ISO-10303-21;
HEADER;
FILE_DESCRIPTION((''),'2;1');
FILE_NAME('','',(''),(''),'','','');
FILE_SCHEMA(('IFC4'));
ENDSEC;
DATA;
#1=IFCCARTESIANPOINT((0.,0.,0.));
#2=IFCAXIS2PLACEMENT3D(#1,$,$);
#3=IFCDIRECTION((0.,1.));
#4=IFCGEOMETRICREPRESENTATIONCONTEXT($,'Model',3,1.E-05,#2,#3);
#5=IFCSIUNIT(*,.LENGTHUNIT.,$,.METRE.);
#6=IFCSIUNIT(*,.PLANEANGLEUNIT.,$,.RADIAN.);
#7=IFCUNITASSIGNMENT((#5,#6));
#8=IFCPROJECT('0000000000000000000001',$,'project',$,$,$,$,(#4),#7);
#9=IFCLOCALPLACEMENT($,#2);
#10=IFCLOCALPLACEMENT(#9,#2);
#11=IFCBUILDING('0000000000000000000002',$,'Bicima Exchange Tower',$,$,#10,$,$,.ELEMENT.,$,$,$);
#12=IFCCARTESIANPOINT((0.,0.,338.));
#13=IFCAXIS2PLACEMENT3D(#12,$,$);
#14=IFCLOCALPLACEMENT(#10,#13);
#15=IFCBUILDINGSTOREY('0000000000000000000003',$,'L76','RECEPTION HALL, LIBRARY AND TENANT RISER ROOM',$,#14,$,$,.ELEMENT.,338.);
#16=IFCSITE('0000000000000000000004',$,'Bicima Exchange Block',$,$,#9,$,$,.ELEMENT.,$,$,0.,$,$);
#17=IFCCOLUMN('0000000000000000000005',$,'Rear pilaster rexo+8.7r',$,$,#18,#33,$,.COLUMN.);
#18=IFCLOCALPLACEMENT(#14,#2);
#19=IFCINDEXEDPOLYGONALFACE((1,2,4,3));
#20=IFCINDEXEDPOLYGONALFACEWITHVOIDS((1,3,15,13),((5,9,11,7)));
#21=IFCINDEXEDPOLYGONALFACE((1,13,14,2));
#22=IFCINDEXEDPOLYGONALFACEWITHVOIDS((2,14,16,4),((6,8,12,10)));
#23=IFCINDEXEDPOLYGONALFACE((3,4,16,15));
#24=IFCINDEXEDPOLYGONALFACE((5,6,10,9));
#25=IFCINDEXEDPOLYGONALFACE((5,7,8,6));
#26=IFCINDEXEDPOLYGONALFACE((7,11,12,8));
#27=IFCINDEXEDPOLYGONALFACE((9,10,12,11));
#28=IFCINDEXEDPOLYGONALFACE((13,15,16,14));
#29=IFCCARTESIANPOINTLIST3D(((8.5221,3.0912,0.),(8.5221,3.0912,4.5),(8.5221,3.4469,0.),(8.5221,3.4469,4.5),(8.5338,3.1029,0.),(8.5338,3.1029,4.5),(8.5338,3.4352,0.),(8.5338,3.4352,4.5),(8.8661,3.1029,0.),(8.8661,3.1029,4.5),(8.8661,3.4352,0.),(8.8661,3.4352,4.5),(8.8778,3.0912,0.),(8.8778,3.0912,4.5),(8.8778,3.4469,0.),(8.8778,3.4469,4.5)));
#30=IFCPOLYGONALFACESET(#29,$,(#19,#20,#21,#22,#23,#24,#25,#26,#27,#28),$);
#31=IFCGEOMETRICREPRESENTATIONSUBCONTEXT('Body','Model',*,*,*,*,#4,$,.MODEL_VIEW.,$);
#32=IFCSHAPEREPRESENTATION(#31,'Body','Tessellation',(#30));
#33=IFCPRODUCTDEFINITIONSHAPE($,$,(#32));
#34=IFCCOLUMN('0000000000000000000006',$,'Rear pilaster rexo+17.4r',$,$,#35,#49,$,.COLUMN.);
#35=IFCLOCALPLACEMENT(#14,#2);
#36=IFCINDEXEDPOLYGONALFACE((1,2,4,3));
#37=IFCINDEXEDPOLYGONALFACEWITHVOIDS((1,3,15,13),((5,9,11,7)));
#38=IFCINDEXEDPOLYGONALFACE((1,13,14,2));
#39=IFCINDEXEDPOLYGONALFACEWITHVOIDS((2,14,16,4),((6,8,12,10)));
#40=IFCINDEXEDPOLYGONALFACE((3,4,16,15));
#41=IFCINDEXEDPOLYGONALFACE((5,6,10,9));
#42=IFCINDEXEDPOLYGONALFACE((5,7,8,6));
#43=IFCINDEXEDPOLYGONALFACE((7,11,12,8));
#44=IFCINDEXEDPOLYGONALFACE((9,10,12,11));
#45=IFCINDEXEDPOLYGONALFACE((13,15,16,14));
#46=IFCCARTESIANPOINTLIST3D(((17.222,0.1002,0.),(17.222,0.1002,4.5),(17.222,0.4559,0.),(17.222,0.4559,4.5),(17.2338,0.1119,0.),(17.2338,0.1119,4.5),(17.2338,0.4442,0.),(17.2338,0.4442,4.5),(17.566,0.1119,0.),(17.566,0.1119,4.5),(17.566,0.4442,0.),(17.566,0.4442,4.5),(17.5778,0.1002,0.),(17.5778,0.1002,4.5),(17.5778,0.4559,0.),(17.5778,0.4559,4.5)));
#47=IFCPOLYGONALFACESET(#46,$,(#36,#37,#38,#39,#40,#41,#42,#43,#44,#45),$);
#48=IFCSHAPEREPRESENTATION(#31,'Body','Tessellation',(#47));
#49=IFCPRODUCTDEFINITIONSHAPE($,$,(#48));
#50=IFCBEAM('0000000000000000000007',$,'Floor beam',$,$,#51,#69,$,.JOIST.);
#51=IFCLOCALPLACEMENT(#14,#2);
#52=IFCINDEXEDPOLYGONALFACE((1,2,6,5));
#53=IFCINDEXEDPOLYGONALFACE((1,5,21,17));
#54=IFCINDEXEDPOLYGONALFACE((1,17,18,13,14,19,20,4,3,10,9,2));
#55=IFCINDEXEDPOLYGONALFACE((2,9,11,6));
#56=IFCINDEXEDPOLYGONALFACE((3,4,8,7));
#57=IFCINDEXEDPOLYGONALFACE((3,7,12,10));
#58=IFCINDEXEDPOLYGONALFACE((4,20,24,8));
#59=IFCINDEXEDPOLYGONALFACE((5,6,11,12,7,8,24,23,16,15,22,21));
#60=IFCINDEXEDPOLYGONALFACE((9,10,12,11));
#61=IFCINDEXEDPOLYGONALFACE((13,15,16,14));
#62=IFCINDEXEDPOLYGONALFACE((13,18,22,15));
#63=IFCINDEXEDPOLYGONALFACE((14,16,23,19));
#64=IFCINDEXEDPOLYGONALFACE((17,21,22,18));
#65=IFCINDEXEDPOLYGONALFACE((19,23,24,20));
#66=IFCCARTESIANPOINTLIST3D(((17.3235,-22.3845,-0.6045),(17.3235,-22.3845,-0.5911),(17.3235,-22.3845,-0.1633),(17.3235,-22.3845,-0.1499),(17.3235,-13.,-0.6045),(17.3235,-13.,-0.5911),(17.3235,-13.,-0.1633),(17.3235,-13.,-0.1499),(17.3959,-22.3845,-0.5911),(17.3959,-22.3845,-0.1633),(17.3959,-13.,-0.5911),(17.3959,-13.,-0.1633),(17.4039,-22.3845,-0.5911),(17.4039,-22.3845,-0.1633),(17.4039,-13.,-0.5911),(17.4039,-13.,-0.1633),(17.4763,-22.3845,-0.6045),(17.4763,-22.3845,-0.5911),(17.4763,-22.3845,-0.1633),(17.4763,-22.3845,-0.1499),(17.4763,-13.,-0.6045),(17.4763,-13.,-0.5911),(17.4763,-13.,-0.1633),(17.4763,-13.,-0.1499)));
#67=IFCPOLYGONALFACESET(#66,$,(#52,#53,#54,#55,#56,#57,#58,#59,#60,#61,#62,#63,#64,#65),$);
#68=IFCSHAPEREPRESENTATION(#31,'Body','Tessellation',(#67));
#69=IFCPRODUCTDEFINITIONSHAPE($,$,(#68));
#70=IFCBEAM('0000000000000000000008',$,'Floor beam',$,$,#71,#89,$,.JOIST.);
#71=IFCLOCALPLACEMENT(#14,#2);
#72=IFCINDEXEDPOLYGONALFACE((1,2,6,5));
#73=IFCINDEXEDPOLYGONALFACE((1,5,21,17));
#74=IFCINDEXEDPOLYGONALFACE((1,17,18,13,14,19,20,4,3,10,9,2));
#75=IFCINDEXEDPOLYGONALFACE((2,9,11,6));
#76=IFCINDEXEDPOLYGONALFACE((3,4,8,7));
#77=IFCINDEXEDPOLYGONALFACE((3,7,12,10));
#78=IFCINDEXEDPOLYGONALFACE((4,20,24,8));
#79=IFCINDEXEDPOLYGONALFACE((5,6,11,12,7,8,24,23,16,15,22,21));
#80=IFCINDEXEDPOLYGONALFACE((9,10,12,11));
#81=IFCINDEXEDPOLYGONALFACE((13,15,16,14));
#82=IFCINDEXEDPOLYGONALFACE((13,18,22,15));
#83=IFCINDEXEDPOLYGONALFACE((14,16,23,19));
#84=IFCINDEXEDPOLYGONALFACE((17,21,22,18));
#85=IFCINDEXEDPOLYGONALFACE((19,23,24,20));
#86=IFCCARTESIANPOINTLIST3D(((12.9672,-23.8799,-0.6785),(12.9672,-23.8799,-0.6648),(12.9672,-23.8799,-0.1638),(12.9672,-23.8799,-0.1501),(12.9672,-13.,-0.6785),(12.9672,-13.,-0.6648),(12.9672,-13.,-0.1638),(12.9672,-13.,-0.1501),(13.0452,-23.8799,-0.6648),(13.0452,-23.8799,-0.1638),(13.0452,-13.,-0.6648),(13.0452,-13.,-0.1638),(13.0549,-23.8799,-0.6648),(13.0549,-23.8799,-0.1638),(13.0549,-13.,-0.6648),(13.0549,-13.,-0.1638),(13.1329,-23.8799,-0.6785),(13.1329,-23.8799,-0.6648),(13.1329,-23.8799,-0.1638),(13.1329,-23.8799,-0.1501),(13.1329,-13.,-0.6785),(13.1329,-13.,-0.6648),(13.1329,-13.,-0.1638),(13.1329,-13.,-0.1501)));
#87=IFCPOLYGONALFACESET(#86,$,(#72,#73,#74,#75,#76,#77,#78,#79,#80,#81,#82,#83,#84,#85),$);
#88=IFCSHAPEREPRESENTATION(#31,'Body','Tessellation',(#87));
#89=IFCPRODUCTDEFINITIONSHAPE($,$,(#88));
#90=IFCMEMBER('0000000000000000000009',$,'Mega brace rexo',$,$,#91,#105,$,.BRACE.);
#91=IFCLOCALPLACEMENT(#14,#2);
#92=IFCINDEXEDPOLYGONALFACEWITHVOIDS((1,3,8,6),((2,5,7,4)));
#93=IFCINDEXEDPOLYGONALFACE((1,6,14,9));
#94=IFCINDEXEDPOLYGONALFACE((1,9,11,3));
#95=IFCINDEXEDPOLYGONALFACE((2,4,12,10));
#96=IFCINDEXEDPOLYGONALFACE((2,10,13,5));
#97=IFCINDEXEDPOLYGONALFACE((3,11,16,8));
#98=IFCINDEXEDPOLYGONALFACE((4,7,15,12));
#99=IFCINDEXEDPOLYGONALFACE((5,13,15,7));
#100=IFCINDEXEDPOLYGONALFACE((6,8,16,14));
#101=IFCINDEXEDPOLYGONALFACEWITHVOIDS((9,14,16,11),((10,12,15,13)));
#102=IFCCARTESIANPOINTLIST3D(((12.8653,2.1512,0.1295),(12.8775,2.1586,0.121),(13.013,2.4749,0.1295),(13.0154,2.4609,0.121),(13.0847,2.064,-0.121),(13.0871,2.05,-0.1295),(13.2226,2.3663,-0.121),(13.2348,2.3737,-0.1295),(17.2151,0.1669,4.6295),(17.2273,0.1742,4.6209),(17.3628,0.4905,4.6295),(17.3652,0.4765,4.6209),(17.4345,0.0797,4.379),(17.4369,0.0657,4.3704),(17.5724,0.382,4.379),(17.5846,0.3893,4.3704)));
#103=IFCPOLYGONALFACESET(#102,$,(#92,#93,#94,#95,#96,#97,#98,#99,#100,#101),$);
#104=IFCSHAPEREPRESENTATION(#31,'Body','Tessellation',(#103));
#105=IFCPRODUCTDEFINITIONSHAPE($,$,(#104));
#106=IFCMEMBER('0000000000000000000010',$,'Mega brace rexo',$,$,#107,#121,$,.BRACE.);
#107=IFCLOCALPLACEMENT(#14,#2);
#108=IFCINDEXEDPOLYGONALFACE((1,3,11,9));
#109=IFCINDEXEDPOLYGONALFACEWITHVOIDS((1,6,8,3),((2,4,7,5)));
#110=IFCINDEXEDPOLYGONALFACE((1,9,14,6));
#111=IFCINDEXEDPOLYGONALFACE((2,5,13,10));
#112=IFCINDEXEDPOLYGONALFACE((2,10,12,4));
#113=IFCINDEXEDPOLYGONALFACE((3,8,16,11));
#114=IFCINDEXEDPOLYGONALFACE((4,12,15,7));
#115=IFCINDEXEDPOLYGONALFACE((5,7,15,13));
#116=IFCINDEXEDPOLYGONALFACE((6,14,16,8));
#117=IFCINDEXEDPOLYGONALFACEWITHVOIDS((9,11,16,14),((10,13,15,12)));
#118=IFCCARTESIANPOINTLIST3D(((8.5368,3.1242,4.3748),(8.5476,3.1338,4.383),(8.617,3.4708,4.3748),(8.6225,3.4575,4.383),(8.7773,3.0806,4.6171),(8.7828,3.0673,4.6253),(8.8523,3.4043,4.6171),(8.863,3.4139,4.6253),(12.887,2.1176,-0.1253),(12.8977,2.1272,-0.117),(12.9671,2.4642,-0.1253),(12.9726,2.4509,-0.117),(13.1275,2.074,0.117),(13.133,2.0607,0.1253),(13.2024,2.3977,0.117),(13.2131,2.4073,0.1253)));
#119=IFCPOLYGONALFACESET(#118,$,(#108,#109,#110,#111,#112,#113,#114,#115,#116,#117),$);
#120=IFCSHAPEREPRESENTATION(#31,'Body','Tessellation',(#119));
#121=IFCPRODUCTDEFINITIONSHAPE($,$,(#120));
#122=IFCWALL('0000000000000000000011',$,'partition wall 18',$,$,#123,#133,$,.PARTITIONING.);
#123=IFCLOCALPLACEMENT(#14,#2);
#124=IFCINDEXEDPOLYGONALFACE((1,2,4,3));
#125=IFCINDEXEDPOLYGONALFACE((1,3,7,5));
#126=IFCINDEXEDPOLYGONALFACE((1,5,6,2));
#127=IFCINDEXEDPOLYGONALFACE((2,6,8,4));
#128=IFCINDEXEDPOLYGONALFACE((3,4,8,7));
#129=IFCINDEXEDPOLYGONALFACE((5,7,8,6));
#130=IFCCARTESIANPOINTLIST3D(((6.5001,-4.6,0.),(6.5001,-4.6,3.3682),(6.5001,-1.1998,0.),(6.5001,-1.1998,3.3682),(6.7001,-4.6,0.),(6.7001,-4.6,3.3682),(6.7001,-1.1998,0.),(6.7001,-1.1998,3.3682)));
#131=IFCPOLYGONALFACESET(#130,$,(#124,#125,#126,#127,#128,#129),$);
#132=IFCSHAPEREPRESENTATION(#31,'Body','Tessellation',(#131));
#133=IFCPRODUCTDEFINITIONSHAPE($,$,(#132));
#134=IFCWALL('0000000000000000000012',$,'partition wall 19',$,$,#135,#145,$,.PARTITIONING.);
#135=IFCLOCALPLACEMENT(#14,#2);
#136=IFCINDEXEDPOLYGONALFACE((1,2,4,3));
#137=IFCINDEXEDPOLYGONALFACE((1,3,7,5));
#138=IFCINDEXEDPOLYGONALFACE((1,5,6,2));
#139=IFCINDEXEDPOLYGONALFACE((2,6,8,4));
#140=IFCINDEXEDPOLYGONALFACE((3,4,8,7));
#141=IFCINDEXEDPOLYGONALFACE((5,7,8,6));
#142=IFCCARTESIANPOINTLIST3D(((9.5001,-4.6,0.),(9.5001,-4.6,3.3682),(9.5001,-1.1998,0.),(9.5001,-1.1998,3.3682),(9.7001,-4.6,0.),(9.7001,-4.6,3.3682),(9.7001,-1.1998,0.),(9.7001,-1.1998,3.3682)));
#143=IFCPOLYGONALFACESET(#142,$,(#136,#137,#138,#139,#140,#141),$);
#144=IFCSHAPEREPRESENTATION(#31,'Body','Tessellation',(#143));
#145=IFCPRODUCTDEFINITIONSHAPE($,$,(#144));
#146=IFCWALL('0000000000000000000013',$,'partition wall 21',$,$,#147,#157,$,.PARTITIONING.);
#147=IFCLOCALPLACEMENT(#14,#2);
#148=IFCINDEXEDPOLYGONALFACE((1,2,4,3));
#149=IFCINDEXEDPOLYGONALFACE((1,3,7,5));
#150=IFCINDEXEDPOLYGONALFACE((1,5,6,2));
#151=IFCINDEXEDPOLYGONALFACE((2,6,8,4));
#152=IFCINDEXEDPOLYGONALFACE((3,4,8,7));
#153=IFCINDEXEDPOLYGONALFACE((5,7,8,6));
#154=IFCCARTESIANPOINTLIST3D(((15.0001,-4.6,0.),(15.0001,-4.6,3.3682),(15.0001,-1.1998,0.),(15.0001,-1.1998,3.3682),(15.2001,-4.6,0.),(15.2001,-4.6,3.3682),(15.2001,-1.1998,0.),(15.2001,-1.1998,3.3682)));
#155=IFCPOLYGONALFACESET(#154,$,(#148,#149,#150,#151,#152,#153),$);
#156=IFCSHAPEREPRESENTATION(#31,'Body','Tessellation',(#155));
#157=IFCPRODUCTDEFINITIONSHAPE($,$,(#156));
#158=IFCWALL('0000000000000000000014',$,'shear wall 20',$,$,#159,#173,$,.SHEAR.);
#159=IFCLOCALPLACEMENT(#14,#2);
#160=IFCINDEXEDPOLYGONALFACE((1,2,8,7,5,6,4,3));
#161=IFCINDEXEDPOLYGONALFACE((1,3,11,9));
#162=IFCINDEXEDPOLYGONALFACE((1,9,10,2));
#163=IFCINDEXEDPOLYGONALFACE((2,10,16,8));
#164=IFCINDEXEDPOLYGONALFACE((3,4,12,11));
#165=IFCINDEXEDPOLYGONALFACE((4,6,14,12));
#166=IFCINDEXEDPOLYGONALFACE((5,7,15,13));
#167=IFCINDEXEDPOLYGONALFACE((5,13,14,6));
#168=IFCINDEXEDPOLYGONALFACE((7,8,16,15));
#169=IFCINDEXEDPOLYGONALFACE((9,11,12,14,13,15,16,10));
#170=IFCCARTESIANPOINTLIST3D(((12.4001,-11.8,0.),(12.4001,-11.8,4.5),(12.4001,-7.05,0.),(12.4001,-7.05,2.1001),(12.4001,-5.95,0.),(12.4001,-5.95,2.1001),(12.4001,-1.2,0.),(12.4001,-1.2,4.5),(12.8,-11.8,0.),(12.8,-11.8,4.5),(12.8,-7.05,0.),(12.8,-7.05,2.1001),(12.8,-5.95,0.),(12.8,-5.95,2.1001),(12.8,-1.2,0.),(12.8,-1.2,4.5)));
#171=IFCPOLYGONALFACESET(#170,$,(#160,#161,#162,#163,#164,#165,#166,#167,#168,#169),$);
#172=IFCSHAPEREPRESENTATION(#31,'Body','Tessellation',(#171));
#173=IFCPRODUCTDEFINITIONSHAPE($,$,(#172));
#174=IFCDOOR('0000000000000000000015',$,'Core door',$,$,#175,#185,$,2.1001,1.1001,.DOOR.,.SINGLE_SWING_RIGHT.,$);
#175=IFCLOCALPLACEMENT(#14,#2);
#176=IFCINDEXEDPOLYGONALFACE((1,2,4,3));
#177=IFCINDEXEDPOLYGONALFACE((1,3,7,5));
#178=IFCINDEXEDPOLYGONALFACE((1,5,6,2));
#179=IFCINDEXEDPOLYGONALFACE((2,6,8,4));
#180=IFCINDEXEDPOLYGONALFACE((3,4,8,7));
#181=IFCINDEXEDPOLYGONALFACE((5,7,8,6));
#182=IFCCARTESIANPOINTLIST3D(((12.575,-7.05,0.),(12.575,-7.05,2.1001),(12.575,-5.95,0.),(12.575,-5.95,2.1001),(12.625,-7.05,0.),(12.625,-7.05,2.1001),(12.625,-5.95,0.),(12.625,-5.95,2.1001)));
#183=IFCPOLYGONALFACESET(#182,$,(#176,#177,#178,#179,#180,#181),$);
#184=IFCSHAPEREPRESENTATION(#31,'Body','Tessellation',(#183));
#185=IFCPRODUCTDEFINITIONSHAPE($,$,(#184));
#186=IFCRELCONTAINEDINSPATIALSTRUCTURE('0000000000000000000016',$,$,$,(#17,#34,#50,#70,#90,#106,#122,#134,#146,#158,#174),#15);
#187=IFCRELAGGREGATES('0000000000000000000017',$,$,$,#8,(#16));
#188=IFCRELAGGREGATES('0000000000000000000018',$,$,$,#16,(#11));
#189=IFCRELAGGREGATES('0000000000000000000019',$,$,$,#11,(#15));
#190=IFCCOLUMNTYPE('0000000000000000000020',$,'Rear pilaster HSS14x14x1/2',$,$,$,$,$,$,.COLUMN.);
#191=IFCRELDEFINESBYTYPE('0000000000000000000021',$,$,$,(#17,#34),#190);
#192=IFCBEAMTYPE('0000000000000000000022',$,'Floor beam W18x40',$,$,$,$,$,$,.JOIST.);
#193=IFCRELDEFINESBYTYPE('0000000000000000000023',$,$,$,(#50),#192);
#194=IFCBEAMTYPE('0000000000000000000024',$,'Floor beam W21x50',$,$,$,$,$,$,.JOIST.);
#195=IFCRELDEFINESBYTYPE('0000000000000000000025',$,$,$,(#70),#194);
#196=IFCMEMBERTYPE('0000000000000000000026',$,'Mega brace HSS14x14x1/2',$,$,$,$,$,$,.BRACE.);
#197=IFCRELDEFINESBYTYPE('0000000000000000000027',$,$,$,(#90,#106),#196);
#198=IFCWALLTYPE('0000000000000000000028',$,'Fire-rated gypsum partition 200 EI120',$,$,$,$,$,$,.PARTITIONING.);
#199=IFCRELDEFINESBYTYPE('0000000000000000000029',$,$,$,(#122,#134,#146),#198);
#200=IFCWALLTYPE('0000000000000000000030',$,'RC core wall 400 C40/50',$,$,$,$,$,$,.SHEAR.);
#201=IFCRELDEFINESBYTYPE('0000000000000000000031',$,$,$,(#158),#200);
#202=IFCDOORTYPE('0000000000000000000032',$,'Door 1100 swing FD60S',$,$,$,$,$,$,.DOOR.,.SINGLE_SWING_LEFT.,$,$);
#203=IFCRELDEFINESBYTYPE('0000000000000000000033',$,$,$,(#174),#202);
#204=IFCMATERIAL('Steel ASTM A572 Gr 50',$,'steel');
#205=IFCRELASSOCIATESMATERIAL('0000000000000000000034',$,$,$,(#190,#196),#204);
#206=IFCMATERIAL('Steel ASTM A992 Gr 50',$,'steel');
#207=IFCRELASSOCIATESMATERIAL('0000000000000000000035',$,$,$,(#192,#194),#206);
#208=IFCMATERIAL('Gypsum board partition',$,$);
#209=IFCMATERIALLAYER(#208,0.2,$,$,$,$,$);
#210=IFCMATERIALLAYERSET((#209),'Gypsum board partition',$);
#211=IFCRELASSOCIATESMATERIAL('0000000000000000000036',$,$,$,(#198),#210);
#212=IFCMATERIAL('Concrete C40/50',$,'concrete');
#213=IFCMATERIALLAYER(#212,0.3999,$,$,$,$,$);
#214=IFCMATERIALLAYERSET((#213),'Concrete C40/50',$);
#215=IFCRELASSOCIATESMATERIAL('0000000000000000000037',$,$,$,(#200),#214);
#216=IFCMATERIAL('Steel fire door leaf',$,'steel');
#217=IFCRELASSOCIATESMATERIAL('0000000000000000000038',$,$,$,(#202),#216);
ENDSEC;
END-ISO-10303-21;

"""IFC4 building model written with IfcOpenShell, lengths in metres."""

from ifc_helpers import new_model, si_unit, direction, frame, frame_2d, origin, origin_2d, place, context, subcontext, project, spatial, rectangle, hollow_rectangle, i_section, extrude, material, layer, layer_set, material_profile, profile_set, type_object, element, fill, save


model = new_model("IFC4")

# Units and contexts
model_context = context("Model", 3, precision=1e-05, world=origin(), true_north=direction((0.0, 1.0)))
body_context = subcontext(model_context, "Body", "Model", "MODEL_VIEW")
ifc_project = project(units=[si_unit("LENGTHUNIT", "METRE"), si_unit("PLANEANGLEUNIT", "RADIAN")], contexts=[model_context])

# Site, building, storey
site_placement = place(None, origin())
site = spatial("IfcSite", under=ifc_project, at=site_placement, Name="Bicima Exchange Block", CompositionType="ELEMENT", RefElevation=0.0)
building_placement = place(site_placement, origin())
building = spatial("IfcBuilding", under=site, at=building_placement, Name="Bicima Exchange Tower", CompositionType="ELEMENT")
storey_placement = place(building_placement, frame((0.0, 0.0, 338.0)))
storey = spatial("IfcBuildingStorey", under=building, at=storey_placement, Name="L76", Description="RECEPTION HALL, LIBRARY AND TENANT RISER ROOM", CompositionType="ELEMENT", Elevation=338.0)

# Columns
ifc_material_1 = material(Name="Steel ASTM A572 Gr 50", Category="steel")
ifc_material_profile_1 = material_profile(ifc_material_1, hollow_rectangle(XDim=0.3557, YDim=0.3557, WallThickness=0.0117, at=origin_2d()))
ifc_profile_set_1 = profile_set([ifc_material_profile_1], Name="Steel ASTM A572 Gr 50")
column_type = type_object("IfcColumnType", Name="Rear pilaster HSS14x14x1/2", PredefinedType="COLUMN", material=ifc_profile_set_1)
for number, where, z_axis, x_axis, name in (
    (1, (8.7, 3.269, 0.0), (0.0, 0.0, 1.0), (1.0, 0.0, 0.0), "Rear pilaster rexo+8.7r"),
    (2, (17.3999, 0.2781, 0.0), (0.0, 0.0, 1.0), (1.0, 0.0, 0.0), "Rear pilaster rexo+17.4r"),
):
    element("IfcColumn", number, at=place(storey_placement, frame(where, z_axis=z_axis, x_axis=x_axis)), inside=storey, type_object=column_type, Name=name, PredefinedType="COLUMN", context=body_context, shape_type="SweptSolid", body=[
        extrude(hollow_rectangle(XDim=0.3557, YDim=0.3557, WallThickness=0.0117, at=origin_2d()), origin(), (0.0, 0.0, 1.0), 4.5),
    ])

# Beams
ifc_material_2 = material(Name="Steel ASTM A992 Gr 50", Category="steel")
ifc_material_profile_2 = material_profile(ifc_material_2, i_section(OverallWidth=0.1528, OverallDepth=0.4546, WebThickness=0.0081, FlangeThickness=0.0134, at=origin_2d()))
ifc_profile_set_2 = profile_set([ifc_material_profile_2], Name="Steel ASTM A992 Gr 50")
beam_type_1 = type_object("IfcBeamType", Name="Floor beam W18x40", PredefinedType="JOIST", material=ifc_profile_set_2)
beam_1_placement = place(storey_placement, frame((17.3999, -13.0, -0.3772), z_axis=(0.0, -1.0, 0.0), x_axis=(1.0, 0.0, 0.0)))
element("IfcBeam", 3, at=beam_1_placement, inside=storey, type_object=beam_type_1, Name="Floor beam", PredefinedType="JOIST", context=body_context, shape_type="SweptSolid", body=[
    extrude(i_section(OverallWidth=0.1528, OverallDepth=0.4546, WebThickness=0.0081, FlangeThickness=0.0134, at=origin_2d()), origin(), (0.0, 0.0, 1.0), 9.3845),
])
ifc_material_profile_3 = material_profile(ifc_material_2, i_section(OverallWidth=0.1658, OverallDepth=0.5283, WebThickness=0.0098, FlangeThickness=0.0137, at=origin_2d()))
ifc_profile_set_3 = profile_set([ifc_material_profile_3], Name="Steel ASTM A992 Gr 50")
beam_type_2 = type_object("IfcBeamType", Name="Floor beam W21x50", PredefinedType="JOIST", material=ifc_profile_set_3)
beam_2_placement = place(storey_placement, frame((13.05, -13.0, -0.4143), z_axis=(0.0, -1.0, 0.0), x_axis=(1.0, 0.0, 0.0)))
element("IfcBeam", 4, at=beam_2_placement, inside=storey, type_object=beam_type_2, Name="Floor beam", PredefinedType="JOIST", context=body_context, shape_type="SweptSolid", body=[
    extrude(i_section(OverallWidth=0.1658, OverallDepth=0.5283, WebThickness=0.0098, FlangeThickness=0.0137, at=origin_2d()), origin(), (0.0, 0.0, 1.0), 10.8799),
])

# Members
member_type = type_object("IfcMemberType", Name="Mega brace HSS14x14x1/2", PredefinedType="BRACE", material=ifc_profile_set_1)
member_1_placement = place(storey_placement, frame((13.05, 2.2625, 0.0), z_axis=(0.662508, -0.302232, 0.685376), x_axis=(0.415045, 0.909801, 0.0)))
element("IfcMember", 5, at=member_1_placement, inside=storey, type_object=member_type, Name="Mega brace rexo", PredefinedType="BRACE", context=body_context, shape_type="SweptSolid", body=[
    extrude(hollow_rectangle(XDim=0.3557, YDim=0.3557, WallThickness=0.0117, at=origin_2d()), origin(), (0.0, 0.0, 1.0), 6.5657),
])
member_2_placement = place(storey_placement, frame((13.05, 2.2625, 0.0), z_axis=(-0.686212, 0.158786, 0.709859), x_axis=(-0.225439, -0.974257, 0.0)))
element("IfcMember", 6, at=member_2_placement, inside=storey, type_object=member_type, Name="Mega brace rexo", PredefinedType="BRACE", context=body_context, shape_type="SweptSolid", body=[
    extrude(hollow_rectangle(XDim=0.3557, YDim=0.3557, WallThickness=0.0117, at=origin_2d()), origin(), (0.0, 0.0, 1.0), 6.3394),
])

# Walls
ifc_material_3 = material(Name="Gypsum board partition")
ifc_layer_1 = layer(ifc_material_3, 0.2)
ifc_layer_set_1 = layer_set([ifc_layer_1], Name="Gypsum board partition")
wall_type_1 = type_object("IfcWallType", Name="Fire-rated gypsum partition 200 EI120", PredefinedType="PARTITIONING", material=ifc_layer_set_1)
for number, where, z_axis, x_axis, name in (
    (7, (6.6001, -4.6001, 0.0), (0.0, 0.0, 1.0), (0.0, 1.0, 0.0), "partition wall 18"),
    (8, (9.6001, -4.6001, 0.0), (0.0, 0.0, 1.0), (0.0, 1.0, 0.0), "partition wall 19"),
    (9, (15.1001, -4.6001, 0.0), (0.0, 0.0, 1.0), (0.0, 1.0, 0.0), "partition wall 21"),
):
    element("IfcWall", number, at=place(storey_placement, frame(where, z_axis=z_axis, x_axis=x_axis)), inside=storey, type_object=wall_type_1, Name=name, PredefinedType="PARTITIONING", context=body_context, shape_type="SweptSolid", body=[
        extrude(rectangle(XDim=3.4001, YDim=0.2, at=frame_2d((1.7002, 0.0))), origin(), (0.0, 0.0, 1.0), 3.3682),
    ])

# Wall, opening, door
ifc_material_4 = material(Name="Concrete C40/50", Category="concrete")
ifc_layer_2 = layer(ifc_material_4, 0.3999)
ifc_layer_set_2 = layer_set([ifc_layer_2], Name="Concrete C40/50")
wall_type_2 = type_object("IfcWallType", Name="RC core wall 400 C40/50", PredefinedType="SHEAR", material=ifc_layer_set_2)
wall_1_placement = place(storey_placement, frame((12.6001, -11.8, 0.0), z_axis=(0.0, 0.0, 1.0), x_axis=(0.0, 1.0, 0.0)))
wall_1 = element("IfcWall", 10, at=wall_1_placement, inside=storey, type_object=wall_type_2, Name="shear wall 20", PredefinedType="SHEAR", context=body_context, shape_type="SweptSolid", body=[
    extrude(rectangle(XDim=10.6001, YDim=0.3999, at=frame_2d((5.3, 0.0))), origin(), (0.0, 0.0, 1.0), 4.5),
])
opening_placement = place(wall_1_placement, frame((4.75, 0.0, 0.0)))
opening = element("IfcOpeningElement", 11, at=opening_placement, cuts=wall_1, PredefinedType="OPENING", context=body_context, shape_type="SweptSolid", body=[
    extrude(rectangle(XDim=1.1001, YDim=2.1001, at=frame_2d((0.55, 1.05))), frame((0.0, 0.2119, 0.0), z_axis=(0.0, -1.0, 0.0), x_axis=(1.0, 0.0, 0.0)), (0.0, 0.0, 1.0), 0.4238),
])
ifc_material_5 = material(Name="Steel fire door leaf", Category="steel")
door_type = type_object("IfcDoorType", Name="Door 1100 swing FD60S", OperationType="SINGLE_SWING_LEFT", PredefinedType="DOOR", material=ifc_material_5)
door_placement = place(opening_placement, frame((1.1001, 0.0, 0.0), z_axis=(0.0, 0.0, 1.0), x_axis=(-1.0, 0.0, 0.0)))
door = element("IfcDoor", 12, at=door_placement, inside=storey, type_object=door_type, Name="Core door", OperationType="SINGLE_SWING_RIGHT", OverallHeight=2.1001, OverallWidth=1.1001, PredefinedType="DOOR", context=body_context, shape_type="SweptSolid", body=[
    extrude(rectangle(XDim=1.1001, YDim=2.1001, at=frame_2d((0.55, 1.05))), frame((0.0, 0.0249, 0.0), z_axis=(0.0, -1.0, 0.0), x_axis=(1.0, 0.0, 0.0)), (0.0, 0.0, 1.0), 0.05),
])
fill(opening, door)

save(model, "model.ifc")
